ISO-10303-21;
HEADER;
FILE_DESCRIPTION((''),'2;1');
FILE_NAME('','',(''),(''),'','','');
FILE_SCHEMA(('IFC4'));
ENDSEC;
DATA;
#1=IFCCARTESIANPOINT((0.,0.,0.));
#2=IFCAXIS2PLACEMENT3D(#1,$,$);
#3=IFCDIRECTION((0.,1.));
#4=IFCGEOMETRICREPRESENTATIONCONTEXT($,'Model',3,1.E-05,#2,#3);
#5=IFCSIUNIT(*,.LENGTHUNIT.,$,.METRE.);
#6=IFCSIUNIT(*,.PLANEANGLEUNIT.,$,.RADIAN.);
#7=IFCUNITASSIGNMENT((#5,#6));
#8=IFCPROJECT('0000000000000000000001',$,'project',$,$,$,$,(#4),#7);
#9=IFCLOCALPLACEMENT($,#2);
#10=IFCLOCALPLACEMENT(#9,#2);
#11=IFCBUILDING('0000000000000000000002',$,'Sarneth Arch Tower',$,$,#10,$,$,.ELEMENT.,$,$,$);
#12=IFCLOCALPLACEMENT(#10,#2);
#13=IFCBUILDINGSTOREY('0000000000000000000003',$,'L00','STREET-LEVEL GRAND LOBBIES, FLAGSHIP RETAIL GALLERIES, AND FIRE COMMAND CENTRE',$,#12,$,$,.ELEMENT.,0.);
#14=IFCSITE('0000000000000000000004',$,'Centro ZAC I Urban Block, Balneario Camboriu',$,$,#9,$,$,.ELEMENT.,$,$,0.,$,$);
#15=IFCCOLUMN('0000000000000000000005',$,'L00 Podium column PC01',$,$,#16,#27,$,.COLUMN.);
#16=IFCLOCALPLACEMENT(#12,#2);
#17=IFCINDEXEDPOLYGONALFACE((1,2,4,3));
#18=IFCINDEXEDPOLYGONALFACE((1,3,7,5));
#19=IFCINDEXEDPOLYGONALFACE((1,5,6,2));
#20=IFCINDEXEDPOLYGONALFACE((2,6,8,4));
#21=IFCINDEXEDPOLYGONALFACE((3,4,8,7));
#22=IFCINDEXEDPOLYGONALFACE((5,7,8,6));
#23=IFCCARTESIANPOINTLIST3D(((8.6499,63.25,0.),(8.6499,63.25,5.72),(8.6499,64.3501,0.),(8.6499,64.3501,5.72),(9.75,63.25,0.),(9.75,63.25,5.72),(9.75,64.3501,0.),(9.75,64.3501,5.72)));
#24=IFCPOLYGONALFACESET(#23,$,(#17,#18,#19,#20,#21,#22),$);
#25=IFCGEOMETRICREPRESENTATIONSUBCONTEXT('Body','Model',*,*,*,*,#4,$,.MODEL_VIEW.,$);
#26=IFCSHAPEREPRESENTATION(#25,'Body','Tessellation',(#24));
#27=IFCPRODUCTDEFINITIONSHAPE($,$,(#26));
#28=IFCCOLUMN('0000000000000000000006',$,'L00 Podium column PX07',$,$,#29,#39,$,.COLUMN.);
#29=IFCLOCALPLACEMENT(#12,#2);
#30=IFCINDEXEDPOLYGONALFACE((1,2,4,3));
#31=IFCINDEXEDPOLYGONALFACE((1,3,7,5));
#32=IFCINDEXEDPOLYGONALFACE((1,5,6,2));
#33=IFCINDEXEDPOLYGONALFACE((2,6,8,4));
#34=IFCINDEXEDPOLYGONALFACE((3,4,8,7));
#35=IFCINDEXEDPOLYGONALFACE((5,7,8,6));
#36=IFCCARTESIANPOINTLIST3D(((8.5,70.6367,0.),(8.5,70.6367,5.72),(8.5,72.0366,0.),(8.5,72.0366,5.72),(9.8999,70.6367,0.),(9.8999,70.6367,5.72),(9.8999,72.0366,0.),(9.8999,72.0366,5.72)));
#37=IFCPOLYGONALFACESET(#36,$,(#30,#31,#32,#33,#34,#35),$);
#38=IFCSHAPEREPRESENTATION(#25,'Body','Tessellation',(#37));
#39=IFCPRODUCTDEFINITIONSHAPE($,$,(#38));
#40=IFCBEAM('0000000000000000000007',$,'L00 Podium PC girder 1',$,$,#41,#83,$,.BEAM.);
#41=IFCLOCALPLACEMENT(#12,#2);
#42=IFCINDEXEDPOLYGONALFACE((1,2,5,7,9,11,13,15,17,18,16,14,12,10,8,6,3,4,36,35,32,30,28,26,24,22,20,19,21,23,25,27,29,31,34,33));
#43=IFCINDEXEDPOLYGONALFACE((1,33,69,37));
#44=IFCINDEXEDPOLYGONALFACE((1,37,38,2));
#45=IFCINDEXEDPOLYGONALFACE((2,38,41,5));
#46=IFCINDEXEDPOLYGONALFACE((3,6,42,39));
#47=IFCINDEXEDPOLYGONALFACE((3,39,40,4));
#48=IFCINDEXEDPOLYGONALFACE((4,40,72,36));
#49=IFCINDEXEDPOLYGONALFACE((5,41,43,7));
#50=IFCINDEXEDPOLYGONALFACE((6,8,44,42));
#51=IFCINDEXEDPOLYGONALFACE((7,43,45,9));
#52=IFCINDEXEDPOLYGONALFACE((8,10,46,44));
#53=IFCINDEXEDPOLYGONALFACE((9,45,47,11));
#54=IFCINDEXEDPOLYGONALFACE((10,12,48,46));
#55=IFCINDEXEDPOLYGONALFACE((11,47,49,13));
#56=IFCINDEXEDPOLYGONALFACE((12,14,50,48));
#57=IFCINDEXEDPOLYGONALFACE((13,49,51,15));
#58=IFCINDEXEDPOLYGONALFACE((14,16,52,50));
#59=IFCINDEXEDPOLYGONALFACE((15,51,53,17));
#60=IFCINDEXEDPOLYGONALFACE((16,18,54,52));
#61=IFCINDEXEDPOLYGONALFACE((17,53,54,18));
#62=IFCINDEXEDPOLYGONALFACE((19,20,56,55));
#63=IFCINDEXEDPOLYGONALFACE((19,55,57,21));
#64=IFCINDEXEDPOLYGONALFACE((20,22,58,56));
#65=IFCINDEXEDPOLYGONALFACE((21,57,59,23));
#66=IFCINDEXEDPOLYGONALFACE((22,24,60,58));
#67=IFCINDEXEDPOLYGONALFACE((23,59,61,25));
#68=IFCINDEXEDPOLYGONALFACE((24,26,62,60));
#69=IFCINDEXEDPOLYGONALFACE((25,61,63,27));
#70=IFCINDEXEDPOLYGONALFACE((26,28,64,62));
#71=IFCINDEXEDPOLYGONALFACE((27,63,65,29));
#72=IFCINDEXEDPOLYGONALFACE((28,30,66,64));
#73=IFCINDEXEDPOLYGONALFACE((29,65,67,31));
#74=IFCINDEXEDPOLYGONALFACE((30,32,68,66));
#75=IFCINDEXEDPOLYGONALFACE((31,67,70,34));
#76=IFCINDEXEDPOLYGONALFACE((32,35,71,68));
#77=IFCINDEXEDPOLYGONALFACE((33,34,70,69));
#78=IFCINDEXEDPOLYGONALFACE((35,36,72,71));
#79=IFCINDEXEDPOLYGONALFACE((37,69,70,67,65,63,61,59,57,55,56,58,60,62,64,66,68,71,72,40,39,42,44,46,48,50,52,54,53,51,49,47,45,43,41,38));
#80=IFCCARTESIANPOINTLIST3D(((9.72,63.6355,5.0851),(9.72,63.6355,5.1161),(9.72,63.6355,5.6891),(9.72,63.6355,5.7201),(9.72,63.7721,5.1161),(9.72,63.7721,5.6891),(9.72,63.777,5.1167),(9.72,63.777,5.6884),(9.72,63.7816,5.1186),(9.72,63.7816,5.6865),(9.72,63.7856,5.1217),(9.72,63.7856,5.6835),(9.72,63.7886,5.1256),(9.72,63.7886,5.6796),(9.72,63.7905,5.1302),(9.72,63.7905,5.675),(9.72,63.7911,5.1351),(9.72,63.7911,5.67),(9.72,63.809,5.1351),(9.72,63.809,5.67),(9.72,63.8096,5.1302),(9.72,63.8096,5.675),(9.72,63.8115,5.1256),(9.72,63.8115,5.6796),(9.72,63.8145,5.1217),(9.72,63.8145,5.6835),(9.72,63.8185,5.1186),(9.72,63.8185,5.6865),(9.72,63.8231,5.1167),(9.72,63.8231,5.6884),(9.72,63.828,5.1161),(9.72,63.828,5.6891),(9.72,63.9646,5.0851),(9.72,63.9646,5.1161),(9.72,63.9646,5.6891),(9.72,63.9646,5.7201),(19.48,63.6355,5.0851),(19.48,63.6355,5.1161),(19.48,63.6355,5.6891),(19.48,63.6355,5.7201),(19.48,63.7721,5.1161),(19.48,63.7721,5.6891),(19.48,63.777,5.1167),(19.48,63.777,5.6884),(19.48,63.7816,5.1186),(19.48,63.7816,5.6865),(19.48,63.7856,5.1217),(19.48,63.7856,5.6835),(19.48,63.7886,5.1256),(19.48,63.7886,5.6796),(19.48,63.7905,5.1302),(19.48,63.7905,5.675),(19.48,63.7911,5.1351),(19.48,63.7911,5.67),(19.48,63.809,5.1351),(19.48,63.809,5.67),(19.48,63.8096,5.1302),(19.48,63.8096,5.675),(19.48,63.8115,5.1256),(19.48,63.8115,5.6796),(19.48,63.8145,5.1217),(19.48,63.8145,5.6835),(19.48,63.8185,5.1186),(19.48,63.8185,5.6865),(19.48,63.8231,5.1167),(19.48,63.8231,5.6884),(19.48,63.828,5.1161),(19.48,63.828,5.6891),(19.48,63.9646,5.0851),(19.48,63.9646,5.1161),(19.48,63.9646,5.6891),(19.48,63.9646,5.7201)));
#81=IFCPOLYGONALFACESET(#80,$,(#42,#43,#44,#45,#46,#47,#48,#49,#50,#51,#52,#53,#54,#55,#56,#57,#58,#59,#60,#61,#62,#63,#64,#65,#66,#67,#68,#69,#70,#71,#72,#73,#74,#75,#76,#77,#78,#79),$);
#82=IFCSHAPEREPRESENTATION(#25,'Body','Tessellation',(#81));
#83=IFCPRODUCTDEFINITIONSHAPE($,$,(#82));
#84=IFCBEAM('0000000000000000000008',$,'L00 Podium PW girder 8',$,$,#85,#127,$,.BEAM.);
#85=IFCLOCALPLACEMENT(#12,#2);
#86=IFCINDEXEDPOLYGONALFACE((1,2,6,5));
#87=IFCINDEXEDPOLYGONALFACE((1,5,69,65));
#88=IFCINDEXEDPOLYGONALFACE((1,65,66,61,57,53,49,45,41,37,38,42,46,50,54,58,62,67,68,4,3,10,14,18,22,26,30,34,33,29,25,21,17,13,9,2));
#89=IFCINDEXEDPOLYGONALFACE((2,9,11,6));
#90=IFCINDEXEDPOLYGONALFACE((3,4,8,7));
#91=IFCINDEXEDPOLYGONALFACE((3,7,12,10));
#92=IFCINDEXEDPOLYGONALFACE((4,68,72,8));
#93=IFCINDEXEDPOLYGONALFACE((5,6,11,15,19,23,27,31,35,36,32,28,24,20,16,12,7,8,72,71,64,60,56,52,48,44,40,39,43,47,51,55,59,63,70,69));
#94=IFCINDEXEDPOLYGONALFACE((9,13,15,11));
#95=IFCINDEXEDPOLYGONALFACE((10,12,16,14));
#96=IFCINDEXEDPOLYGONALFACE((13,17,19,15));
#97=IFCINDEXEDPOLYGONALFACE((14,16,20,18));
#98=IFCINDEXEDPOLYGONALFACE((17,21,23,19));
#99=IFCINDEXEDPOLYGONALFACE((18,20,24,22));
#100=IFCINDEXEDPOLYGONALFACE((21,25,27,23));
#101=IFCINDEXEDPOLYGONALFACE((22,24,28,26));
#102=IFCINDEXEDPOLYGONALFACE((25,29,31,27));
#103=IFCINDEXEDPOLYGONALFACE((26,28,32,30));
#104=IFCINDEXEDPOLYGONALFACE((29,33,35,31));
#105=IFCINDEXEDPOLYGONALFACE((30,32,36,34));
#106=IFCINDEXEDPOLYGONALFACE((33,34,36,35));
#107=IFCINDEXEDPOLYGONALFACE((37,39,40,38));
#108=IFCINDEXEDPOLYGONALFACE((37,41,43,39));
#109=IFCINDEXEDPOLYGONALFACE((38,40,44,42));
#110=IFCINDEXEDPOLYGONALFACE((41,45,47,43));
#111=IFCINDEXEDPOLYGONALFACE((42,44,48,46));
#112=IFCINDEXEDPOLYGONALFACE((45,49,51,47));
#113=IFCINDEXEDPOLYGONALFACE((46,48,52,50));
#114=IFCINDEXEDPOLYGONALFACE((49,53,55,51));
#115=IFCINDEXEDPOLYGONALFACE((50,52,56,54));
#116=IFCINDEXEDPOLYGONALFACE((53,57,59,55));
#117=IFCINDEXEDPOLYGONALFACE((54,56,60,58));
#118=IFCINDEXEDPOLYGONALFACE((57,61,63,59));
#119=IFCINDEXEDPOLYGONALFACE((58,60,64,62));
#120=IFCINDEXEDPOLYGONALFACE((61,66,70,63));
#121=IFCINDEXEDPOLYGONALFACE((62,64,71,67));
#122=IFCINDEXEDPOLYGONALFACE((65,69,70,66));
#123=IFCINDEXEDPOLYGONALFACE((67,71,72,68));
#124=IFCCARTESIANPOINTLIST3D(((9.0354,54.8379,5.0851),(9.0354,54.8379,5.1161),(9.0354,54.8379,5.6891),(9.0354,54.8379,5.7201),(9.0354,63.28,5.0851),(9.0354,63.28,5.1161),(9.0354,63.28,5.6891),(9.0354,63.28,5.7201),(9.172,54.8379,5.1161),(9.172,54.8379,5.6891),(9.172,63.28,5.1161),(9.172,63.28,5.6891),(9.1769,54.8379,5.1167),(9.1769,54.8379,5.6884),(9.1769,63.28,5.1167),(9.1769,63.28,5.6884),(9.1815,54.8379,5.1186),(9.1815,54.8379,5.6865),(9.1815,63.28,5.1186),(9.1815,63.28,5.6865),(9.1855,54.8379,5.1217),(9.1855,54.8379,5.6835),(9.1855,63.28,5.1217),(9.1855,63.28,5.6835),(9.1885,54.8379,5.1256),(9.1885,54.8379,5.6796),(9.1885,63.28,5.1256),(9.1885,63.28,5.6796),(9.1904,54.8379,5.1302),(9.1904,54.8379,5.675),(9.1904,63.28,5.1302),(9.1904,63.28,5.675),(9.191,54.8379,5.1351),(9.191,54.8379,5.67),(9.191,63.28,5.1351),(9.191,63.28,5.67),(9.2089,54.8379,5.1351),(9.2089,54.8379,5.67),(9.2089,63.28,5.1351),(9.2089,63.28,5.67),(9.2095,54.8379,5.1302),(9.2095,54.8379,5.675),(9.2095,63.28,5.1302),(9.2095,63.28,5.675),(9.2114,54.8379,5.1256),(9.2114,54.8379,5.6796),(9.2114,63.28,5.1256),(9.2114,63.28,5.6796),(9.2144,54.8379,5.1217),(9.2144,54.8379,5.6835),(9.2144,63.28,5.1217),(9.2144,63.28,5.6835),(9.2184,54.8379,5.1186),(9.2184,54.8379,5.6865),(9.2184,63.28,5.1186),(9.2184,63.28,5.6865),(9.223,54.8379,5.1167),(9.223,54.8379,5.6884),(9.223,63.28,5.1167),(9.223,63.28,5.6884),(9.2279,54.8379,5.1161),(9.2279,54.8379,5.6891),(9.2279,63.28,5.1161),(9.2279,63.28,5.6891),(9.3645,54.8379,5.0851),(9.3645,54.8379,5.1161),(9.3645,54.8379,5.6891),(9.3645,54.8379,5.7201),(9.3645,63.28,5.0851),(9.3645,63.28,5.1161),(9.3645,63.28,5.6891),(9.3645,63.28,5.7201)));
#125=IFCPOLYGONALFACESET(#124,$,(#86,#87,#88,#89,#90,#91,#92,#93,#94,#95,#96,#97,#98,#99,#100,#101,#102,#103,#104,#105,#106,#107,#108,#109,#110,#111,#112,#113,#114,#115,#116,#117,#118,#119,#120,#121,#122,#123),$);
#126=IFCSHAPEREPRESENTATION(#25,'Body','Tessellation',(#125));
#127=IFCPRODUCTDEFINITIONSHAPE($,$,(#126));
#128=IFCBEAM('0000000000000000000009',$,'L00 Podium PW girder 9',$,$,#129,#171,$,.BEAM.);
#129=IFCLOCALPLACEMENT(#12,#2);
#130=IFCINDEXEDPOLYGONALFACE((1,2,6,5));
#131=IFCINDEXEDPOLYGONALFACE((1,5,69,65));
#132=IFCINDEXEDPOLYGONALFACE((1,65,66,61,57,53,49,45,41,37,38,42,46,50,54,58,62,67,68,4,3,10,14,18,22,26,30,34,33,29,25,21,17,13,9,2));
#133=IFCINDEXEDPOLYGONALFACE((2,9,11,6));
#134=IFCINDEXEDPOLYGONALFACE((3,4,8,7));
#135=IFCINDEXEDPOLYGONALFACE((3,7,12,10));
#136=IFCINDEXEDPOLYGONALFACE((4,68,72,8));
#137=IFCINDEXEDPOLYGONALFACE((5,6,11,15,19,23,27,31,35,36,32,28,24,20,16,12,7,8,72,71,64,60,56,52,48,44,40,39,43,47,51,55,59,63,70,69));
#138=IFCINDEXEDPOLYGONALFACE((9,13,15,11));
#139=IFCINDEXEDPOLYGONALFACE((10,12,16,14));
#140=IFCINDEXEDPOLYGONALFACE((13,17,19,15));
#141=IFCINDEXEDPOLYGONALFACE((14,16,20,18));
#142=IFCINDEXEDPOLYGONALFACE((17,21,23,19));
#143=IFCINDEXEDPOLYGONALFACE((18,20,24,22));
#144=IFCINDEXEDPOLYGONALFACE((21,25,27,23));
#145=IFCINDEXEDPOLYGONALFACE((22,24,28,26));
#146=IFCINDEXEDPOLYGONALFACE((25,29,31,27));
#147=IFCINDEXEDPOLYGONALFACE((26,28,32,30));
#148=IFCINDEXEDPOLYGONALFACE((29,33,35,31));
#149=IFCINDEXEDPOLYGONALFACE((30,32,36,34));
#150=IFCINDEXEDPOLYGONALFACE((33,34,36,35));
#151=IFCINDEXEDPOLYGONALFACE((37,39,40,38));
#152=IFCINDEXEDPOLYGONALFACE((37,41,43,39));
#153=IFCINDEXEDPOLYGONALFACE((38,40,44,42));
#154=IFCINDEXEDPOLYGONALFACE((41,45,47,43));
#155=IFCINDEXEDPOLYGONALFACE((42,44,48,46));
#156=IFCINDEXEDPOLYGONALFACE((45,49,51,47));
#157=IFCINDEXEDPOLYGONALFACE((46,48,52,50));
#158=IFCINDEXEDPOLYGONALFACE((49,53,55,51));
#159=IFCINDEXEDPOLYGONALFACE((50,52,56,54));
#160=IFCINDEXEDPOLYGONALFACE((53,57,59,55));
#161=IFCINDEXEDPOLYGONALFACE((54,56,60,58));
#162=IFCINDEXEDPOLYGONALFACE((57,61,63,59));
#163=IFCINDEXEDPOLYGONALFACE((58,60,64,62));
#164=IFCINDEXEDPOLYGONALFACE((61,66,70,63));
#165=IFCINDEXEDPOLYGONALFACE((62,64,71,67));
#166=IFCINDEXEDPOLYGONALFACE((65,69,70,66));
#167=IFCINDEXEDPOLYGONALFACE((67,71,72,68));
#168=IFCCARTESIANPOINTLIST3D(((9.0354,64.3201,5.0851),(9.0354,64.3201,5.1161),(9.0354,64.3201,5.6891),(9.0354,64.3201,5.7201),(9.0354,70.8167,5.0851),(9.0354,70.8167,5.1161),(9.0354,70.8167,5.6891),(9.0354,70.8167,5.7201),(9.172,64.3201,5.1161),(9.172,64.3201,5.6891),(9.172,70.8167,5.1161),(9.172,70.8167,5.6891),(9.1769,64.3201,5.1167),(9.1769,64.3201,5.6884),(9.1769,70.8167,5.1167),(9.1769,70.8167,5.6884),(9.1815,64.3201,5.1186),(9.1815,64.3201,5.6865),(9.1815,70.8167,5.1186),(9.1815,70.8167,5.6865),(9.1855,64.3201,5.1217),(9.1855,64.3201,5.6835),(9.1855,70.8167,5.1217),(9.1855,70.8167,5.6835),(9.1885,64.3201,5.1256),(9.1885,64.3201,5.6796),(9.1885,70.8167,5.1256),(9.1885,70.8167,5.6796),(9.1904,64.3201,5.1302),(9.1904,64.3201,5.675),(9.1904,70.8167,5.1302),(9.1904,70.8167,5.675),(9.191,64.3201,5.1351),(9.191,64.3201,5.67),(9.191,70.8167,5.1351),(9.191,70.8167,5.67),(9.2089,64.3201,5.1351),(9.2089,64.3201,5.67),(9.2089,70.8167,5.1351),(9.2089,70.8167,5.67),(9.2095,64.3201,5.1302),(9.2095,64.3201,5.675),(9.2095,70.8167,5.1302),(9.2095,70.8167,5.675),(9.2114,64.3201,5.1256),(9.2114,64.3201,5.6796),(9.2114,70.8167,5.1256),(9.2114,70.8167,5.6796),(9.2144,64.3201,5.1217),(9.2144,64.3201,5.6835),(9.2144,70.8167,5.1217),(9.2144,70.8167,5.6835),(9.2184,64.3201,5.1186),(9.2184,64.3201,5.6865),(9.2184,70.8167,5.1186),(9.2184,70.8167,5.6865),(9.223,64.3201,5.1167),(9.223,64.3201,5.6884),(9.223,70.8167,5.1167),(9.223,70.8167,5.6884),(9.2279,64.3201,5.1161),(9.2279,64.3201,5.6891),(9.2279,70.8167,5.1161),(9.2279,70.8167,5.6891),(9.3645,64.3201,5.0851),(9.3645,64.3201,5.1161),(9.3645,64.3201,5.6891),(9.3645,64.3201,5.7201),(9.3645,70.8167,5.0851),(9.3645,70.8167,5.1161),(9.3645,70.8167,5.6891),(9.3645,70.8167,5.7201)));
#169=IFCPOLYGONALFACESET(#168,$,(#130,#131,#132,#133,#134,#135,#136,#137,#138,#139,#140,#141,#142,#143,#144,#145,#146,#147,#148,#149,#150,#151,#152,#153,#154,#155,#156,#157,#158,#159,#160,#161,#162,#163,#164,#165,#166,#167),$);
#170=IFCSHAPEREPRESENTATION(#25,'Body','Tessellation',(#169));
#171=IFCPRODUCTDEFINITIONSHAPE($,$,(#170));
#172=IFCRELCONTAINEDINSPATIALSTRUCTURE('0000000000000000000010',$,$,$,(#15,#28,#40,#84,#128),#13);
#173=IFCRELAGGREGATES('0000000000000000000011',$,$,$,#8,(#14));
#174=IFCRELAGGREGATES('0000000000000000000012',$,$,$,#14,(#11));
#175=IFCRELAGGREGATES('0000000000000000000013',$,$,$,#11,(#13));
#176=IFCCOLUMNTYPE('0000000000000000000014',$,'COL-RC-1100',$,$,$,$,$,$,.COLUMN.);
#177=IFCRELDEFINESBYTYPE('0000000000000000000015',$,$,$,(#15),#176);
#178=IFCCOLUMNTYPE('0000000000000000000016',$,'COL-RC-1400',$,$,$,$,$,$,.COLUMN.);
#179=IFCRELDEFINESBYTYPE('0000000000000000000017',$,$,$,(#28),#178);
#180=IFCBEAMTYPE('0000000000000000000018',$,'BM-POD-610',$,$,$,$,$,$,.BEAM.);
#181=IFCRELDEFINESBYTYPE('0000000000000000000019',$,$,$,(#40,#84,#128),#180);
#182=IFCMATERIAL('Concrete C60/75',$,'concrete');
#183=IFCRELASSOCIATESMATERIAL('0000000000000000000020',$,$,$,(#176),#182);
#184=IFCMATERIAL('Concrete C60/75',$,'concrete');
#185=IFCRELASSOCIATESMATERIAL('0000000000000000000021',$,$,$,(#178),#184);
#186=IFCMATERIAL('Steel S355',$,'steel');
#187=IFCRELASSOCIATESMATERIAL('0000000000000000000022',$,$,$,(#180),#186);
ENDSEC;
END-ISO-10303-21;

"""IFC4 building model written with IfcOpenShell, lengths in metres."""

from ifc_helpers import new_model, si_unit, direction, frame, origin, origin_2d, place, context, subcontext, project, spatial, rectangle, i_section, extrude, material, material_profile, profile_set, type_object, element, save


model = new_model("IFC4")

# Units and contexts
model_context = context("Model", 3, precision=1e-05, world=origin(), true_north=direction((0.0, 1.0)))
body_context = subcontext(model_context, "Body", "Model", "MODEL_VIEW")
ifc_project = project(units=[si_unit("LENGTHUNIT", "METRE"), si_unit("PLANEANGLEUNIT", "RADIAN")], contexts=[model_context])

# Site, building, storey
site_placement = place(None, origin())
site = spatial("IfcSite", under=ifc_project, at=site_placement, Name="Centro ZAC I Urban Block, Balneario Camboriu", CompositionType="ELEMENT", RefElevation=0.0)
building_placement = place(site_placement, origin())
building = spatial("IfcBuilding", under=site, at=building_placement, Name="Sarneth Arch Tower", CompositionType="ELEMENT")
storey_placement = place(building_placement, origin())
storey = spatial("IfcBuildingStorey", under=building, at=storey_placement, Name="L00", Description="STREET-LEVEL GRAND LOBBIES, FLAGSHIP RETAIL GALLERIES, AND FIRE COMMAND CENTRE", CompositionType="ELEMENT", Elevation=0.0)

# Columns
ifc_material_1 = material(Name="Concrete C60/75", Category="concrete")
ifc_material_profile_1 = material_profile(ifc_material_1, rectangle(XDim=1.1001, YDim=1.1001, at=origin_2d()), Name="RC-1100x1100")
ifc_profile_set_1 = profile_set([ifc_material_profile_1], Name="Concrete C60/75")
column_type_1 = type_object("IfcColumnType", Name="COL-RC-1100", PredefinedType="COLUMN", material=ifc_profile_set_1)
column_1_placement = place(storey_placement, frame((9.2, 63.8, 0.0), z_axis=(0.0, 0.0, 1.0), x_axis=(1.0, 0.0, 0.0)))
element("IfcColumn", 1, at=column_1_placement, inside=storey, type_object=column_type_1, Name="L00 Podium column PC01", PredefinedType="COLUMN", context=body_context, shape_type="SweptSolid", body=[
    extrude(rectangle(XDim=1.1001, YDim=1.1001, at=origin_2d()), origin(), (0.0, 0.0, 1.0), 5.72),
])
ifc_material_2 = material(Name="Concrete C60/75", Category="concrete")
ifc_material_profile_2 = material_profile(ifc_material_2, rectangle(XDim=1.3999, YDim=1.3999, at=origin_2d()), Name="RC-1400x1400")
ifc_profile_set_2 = profile_set([ifc_material_profile_2], Name="Concrete C60/75")
column_type_2 = type_object("IfcColumnType", Name="COL-RC-1400", PredefinedType="COLUMN", material=ifc_profile_set_2)
column_2_placement = place(storey_placement, frame((9.2, 71.3367, 0.0), z_axis=(0.0, 0.0, 1.0), x_axis=(1.0, 0.0, 0.0)))
element("IfcColumn", 2, at=column_2_placement, inside=storey, type_object=column_type_2, Name="L00 Podium column PX07", PredefinedType="COLUMN", context=body_context, shape_type="SweptSolid", body=[
    extrude(rectangle(XDim=1.3999, YDim=1.3999, at=origin_2d()), origin(), (0.0, 0.0, 1.0), 5.72),
])

# Beams
ifc_material_3 = material(Name="Steel S355", Category="steel")
ifc_material_profile_3 = material_profile(ifc_material_3, i_section(OverallWidth=0.3291, OverallDepth=0.635, WebThickness=0.0178, FlangeThickness=0.031, FilletRadius=0.019, at=origin_2d()), Name="W610x241")
ifc_profile_set_3 = profile_set([ifc_material_profile_3], Name="Steel S355")
beam_type = type_object("IfcBeamType", Name="BM-POD-610", PredefinedType="BEAM", material=ifc_profile_set_3)
beam_1_placement = place(storey_placement, frame((9.72, 63.8, 5.4026), z_axis=(1.0, 0.0, 0.0), x_axis=(0.0, 1.0, 0.0)))
element("IfcBeam", 3, at=beam_1_placement, inside=storey, type_object=beam_type, Name="L00 Podium PC girder 1", PredefinedType="BEAM", context=body_context, shape_type="SweptSolid", body=[
    extrude(i_section(OverallWidth=0.3291, OverallDepth=0.635, WebThickness=0.0178, FlangeThickness=0.031, FilletRadius=0.019, at=origin_2d()), origin(), (0.0, 0.0, 1.0), 9.76),
])
beam_2_placement = place(storey_placement, frame((9.2, 54.8379, 5.4026), z_axis=(0.0, 1.0, 0.0), x_axis=(-1.0, 0.0, 0.0)))
element("IfcBeam", 4, at=beam_2_placement, inside=storey, type_object=beam_type, Name="L00 Podium PW girder 8", PredefinedType="BEAM", context=body_context, shape_type="SweptSolid", body=[
    extrude(i_section(OverallWidth=0.3291, OverallDepth=0.635, WebThickness=0.0178, FlangeThickness=0.031, FilletRadius=0.019, at=origin_2d()), origin(), (0.0, 0.0, 1.0), 8.4421),
])
beam_3_placement = place(storey_placement, frame((9.2, 64.3201, 5.4026), z_axis=(0.0, 1.0, 0.0), x_axis=(-1.0, 0.0, 0.0)))
element("IfcBeam", 5, at=beam_3_placement, inside=storey, type_object=beam_type, Name="L00 Podium PW girder 9", PredefinedType="BEAM", context=body_context, shape_type="SweptSolid", body=[
    extrude(i_section(OverallWidth=0.3291, OverallDepth=0.635, WebThickness=0.0178, FlangeThickness=0.031, FilletRadius=0.019, at=origin_2d()), origin(), (0.0, 0.0, 1.0), 6.4966),
])

save(model, "model.ifc")
